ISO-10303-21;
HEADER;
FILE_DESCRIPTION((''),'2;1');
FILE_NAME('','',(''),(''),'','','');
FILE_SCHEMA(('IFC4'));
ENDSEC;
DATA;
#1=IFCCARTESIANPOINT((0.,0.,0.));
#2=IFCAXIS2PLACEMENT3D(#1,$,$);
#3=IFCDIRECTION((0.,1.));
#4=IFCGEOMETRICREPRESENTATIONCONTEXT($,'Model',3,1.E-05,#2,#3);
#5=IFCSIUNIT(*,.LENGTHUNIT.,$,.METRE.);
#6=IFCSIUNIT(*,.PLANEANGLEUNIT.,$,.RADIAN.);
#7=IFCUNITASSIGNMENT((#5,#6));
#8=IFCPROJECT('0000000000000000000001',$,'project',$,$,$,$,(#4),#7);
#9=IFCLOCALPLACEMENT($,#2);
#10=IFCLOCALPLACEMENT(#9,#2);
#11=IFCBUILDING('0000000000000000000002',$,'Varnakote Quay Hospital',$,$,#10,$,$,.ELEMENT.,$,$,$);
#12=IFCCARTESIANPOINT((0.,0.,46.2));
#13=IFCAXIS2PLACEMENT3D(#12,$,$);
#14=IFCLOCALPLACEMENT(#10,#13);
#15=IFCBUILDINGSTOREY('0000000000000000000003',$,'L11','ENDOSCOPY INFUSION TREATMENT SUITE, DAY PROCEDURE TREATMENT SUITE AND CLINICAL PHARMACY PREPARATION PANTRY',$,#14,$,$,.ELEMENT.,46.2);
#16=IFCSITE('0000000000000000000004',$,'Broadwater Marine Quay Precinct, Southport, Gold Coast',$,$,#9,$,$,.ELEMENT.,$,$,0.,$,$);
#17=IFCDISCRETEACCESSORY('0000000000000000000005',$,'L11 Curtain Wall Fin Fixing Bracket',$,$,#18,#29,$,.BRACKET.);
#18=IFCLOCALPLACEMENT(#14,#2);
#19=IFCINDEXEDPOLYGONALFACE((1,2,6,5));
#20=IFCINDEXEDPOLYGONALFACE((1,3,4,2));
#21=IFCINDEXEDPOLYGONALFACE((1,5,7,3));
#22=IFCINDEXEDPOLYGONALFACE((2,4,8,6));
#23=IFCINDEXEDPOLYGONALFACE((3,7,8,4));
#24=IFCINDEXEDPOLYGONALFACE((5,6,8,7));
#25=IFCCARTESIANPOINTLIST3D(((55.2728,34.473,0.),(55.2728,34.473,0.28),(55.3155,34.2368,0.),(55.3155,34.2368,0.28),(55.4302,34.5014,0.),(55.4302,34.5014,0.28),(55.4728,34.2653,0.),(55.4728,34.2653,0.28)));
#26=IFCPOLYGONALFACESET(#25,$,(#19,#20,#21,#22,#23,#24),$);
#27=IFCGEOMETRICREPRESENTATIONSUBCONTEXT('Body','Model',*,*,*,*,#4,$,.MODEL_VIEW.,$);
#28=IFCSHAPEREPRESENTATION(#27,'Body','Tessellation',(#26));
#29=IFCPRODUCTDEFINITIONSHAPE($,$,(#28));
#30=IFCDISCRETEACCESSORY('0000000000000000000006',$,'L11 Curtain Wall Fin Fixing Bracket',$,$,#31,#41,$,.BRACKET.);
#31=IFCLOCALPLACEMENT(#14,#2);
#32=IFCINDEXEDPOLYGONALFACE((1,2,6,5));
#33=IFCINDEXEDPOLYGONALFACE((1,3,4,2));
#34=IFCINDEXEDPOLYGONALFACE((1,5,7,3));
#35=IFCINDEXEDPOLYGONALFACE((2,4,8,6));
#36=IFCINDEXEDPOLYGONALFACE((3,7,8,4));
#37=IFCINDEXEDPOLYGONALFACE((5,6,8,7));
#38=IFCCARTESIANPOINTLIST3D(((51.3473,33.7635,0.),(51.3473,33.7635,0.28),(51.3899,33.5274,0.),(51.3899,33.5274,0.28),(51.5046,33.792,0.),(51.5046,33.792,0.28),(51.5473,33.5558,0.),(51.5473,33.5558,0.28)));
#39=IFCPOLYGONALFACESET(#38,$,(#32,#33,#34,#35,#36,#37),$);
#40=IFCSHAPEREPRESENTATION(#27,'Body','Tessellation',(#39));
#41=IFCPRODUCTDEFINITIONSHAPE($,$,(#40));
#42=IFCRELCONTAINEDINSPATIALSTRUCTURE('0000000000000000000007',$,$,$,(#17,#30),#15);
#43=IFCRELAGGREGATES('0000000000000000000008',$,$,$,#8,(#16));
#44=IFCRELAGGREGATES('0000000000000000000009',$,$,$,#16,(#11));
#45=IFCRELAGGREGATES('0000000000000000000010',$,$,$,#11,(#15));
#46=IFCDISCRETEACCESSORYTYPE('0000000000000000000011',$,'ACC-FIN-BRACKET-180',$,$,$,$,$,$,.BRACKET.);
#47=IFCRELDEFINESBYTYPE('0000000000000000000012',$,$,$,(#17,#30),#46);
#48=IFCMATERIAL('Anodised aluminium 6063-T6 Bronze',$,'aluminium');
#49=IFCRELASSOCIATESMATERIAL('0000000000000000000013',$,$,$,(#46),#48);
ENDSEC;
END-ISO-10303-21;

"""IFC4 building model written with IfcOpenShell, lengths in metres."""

from ifc_helpers import new_model, si_unit, direction, frame, origin, origin_2d, place, context, subcontext, project, spatial, rectangle, extrude, material, type_object, element, save


model = new_model("IFC4")

# Units and contexts
model_context = context("Model", 3, precision=1e-05, world=origin(), true_north=direction((0.0, 1.0)))
body_context = subcontext(model_context, "Body", "Model", "MODEL_VIEW")
ifc_project = project(units=[si_unit("LENGTHUNIT", "METRE"), si_unit("PLANEANGLEUNIT", "RADIAN")], contexts=[model_context])

# Site, building, storey
site_placement = place(None, origin())
site = spatial("IfcSite", under=ifc_project, at=site_placement, Name="Broadwater Marine Quay Precinct, Southport, Gold Coast", CompositionType="ELEMENT", RefElevation=0.0)
building_placement = place(site_placement, origin())
building = spatial("IfcBuilding", under=site, at=building_placement, Name="Varnakote Quay Hospital", CompositionType="ELEMENT")
storey_placement = place(building_placement, frame((0.0, 0.0, 46.2)))
storey = spatial("IfcBuildingStorey", under=building, at=storey_placement, Name="L11", Description="ENDOSCOPY INFUSION TREATMENT SUITE, DAY PROCEDURE TREATMENT SUITE AND CLINICAL PHARMACY PREPARATION PANTRY", CompositionType="ELEMENT", Elevation=46.2)

# Discrete accessories
ifc_material_1 = material(Name="Anodised aluminium 6063-T6 Bronze", Category="aluminium")
discrete_accessory_type = type_object("IfcDiscreteAccessoryType", Name="ACC-FIN-BRACKET-180", PredefinedType="BRACKET", material=ifc_material_1)
for number, where, z_axis, x_axis, name in (
    (1, (55.3728, 34.3691, 0.0), (0.0, 0.0, 1.0), (-0.984072, -0.177772, 0.0), "L11 Curtain Wall Fin Fixing Bracket"),
    (2, (51.4473, 33.6597, 0.0), (0.0, 0.0, 1.0), (-0.984072, -0.177772, 0.0), "L11 Curtain Wall Fin Fixing Bracket"),
):
    element("IfcDiscreteAccessory", number, at=place(storey_placement, frame(where, z_axis=z_axis, x_axis=x_axis)), inside=storey, type_object=discrete_accessory_type, Name=name, PredefinedType="BRACKET", context=body_context, shape_type="SweptSolid", body=[
        extrude(rectangle(XDim=0.1599, YDim=0.24, at=origin_2d()), origin(), (0.0, 0.0, 1.0), 0.28),
    ])

save(model, "model.ifc")
